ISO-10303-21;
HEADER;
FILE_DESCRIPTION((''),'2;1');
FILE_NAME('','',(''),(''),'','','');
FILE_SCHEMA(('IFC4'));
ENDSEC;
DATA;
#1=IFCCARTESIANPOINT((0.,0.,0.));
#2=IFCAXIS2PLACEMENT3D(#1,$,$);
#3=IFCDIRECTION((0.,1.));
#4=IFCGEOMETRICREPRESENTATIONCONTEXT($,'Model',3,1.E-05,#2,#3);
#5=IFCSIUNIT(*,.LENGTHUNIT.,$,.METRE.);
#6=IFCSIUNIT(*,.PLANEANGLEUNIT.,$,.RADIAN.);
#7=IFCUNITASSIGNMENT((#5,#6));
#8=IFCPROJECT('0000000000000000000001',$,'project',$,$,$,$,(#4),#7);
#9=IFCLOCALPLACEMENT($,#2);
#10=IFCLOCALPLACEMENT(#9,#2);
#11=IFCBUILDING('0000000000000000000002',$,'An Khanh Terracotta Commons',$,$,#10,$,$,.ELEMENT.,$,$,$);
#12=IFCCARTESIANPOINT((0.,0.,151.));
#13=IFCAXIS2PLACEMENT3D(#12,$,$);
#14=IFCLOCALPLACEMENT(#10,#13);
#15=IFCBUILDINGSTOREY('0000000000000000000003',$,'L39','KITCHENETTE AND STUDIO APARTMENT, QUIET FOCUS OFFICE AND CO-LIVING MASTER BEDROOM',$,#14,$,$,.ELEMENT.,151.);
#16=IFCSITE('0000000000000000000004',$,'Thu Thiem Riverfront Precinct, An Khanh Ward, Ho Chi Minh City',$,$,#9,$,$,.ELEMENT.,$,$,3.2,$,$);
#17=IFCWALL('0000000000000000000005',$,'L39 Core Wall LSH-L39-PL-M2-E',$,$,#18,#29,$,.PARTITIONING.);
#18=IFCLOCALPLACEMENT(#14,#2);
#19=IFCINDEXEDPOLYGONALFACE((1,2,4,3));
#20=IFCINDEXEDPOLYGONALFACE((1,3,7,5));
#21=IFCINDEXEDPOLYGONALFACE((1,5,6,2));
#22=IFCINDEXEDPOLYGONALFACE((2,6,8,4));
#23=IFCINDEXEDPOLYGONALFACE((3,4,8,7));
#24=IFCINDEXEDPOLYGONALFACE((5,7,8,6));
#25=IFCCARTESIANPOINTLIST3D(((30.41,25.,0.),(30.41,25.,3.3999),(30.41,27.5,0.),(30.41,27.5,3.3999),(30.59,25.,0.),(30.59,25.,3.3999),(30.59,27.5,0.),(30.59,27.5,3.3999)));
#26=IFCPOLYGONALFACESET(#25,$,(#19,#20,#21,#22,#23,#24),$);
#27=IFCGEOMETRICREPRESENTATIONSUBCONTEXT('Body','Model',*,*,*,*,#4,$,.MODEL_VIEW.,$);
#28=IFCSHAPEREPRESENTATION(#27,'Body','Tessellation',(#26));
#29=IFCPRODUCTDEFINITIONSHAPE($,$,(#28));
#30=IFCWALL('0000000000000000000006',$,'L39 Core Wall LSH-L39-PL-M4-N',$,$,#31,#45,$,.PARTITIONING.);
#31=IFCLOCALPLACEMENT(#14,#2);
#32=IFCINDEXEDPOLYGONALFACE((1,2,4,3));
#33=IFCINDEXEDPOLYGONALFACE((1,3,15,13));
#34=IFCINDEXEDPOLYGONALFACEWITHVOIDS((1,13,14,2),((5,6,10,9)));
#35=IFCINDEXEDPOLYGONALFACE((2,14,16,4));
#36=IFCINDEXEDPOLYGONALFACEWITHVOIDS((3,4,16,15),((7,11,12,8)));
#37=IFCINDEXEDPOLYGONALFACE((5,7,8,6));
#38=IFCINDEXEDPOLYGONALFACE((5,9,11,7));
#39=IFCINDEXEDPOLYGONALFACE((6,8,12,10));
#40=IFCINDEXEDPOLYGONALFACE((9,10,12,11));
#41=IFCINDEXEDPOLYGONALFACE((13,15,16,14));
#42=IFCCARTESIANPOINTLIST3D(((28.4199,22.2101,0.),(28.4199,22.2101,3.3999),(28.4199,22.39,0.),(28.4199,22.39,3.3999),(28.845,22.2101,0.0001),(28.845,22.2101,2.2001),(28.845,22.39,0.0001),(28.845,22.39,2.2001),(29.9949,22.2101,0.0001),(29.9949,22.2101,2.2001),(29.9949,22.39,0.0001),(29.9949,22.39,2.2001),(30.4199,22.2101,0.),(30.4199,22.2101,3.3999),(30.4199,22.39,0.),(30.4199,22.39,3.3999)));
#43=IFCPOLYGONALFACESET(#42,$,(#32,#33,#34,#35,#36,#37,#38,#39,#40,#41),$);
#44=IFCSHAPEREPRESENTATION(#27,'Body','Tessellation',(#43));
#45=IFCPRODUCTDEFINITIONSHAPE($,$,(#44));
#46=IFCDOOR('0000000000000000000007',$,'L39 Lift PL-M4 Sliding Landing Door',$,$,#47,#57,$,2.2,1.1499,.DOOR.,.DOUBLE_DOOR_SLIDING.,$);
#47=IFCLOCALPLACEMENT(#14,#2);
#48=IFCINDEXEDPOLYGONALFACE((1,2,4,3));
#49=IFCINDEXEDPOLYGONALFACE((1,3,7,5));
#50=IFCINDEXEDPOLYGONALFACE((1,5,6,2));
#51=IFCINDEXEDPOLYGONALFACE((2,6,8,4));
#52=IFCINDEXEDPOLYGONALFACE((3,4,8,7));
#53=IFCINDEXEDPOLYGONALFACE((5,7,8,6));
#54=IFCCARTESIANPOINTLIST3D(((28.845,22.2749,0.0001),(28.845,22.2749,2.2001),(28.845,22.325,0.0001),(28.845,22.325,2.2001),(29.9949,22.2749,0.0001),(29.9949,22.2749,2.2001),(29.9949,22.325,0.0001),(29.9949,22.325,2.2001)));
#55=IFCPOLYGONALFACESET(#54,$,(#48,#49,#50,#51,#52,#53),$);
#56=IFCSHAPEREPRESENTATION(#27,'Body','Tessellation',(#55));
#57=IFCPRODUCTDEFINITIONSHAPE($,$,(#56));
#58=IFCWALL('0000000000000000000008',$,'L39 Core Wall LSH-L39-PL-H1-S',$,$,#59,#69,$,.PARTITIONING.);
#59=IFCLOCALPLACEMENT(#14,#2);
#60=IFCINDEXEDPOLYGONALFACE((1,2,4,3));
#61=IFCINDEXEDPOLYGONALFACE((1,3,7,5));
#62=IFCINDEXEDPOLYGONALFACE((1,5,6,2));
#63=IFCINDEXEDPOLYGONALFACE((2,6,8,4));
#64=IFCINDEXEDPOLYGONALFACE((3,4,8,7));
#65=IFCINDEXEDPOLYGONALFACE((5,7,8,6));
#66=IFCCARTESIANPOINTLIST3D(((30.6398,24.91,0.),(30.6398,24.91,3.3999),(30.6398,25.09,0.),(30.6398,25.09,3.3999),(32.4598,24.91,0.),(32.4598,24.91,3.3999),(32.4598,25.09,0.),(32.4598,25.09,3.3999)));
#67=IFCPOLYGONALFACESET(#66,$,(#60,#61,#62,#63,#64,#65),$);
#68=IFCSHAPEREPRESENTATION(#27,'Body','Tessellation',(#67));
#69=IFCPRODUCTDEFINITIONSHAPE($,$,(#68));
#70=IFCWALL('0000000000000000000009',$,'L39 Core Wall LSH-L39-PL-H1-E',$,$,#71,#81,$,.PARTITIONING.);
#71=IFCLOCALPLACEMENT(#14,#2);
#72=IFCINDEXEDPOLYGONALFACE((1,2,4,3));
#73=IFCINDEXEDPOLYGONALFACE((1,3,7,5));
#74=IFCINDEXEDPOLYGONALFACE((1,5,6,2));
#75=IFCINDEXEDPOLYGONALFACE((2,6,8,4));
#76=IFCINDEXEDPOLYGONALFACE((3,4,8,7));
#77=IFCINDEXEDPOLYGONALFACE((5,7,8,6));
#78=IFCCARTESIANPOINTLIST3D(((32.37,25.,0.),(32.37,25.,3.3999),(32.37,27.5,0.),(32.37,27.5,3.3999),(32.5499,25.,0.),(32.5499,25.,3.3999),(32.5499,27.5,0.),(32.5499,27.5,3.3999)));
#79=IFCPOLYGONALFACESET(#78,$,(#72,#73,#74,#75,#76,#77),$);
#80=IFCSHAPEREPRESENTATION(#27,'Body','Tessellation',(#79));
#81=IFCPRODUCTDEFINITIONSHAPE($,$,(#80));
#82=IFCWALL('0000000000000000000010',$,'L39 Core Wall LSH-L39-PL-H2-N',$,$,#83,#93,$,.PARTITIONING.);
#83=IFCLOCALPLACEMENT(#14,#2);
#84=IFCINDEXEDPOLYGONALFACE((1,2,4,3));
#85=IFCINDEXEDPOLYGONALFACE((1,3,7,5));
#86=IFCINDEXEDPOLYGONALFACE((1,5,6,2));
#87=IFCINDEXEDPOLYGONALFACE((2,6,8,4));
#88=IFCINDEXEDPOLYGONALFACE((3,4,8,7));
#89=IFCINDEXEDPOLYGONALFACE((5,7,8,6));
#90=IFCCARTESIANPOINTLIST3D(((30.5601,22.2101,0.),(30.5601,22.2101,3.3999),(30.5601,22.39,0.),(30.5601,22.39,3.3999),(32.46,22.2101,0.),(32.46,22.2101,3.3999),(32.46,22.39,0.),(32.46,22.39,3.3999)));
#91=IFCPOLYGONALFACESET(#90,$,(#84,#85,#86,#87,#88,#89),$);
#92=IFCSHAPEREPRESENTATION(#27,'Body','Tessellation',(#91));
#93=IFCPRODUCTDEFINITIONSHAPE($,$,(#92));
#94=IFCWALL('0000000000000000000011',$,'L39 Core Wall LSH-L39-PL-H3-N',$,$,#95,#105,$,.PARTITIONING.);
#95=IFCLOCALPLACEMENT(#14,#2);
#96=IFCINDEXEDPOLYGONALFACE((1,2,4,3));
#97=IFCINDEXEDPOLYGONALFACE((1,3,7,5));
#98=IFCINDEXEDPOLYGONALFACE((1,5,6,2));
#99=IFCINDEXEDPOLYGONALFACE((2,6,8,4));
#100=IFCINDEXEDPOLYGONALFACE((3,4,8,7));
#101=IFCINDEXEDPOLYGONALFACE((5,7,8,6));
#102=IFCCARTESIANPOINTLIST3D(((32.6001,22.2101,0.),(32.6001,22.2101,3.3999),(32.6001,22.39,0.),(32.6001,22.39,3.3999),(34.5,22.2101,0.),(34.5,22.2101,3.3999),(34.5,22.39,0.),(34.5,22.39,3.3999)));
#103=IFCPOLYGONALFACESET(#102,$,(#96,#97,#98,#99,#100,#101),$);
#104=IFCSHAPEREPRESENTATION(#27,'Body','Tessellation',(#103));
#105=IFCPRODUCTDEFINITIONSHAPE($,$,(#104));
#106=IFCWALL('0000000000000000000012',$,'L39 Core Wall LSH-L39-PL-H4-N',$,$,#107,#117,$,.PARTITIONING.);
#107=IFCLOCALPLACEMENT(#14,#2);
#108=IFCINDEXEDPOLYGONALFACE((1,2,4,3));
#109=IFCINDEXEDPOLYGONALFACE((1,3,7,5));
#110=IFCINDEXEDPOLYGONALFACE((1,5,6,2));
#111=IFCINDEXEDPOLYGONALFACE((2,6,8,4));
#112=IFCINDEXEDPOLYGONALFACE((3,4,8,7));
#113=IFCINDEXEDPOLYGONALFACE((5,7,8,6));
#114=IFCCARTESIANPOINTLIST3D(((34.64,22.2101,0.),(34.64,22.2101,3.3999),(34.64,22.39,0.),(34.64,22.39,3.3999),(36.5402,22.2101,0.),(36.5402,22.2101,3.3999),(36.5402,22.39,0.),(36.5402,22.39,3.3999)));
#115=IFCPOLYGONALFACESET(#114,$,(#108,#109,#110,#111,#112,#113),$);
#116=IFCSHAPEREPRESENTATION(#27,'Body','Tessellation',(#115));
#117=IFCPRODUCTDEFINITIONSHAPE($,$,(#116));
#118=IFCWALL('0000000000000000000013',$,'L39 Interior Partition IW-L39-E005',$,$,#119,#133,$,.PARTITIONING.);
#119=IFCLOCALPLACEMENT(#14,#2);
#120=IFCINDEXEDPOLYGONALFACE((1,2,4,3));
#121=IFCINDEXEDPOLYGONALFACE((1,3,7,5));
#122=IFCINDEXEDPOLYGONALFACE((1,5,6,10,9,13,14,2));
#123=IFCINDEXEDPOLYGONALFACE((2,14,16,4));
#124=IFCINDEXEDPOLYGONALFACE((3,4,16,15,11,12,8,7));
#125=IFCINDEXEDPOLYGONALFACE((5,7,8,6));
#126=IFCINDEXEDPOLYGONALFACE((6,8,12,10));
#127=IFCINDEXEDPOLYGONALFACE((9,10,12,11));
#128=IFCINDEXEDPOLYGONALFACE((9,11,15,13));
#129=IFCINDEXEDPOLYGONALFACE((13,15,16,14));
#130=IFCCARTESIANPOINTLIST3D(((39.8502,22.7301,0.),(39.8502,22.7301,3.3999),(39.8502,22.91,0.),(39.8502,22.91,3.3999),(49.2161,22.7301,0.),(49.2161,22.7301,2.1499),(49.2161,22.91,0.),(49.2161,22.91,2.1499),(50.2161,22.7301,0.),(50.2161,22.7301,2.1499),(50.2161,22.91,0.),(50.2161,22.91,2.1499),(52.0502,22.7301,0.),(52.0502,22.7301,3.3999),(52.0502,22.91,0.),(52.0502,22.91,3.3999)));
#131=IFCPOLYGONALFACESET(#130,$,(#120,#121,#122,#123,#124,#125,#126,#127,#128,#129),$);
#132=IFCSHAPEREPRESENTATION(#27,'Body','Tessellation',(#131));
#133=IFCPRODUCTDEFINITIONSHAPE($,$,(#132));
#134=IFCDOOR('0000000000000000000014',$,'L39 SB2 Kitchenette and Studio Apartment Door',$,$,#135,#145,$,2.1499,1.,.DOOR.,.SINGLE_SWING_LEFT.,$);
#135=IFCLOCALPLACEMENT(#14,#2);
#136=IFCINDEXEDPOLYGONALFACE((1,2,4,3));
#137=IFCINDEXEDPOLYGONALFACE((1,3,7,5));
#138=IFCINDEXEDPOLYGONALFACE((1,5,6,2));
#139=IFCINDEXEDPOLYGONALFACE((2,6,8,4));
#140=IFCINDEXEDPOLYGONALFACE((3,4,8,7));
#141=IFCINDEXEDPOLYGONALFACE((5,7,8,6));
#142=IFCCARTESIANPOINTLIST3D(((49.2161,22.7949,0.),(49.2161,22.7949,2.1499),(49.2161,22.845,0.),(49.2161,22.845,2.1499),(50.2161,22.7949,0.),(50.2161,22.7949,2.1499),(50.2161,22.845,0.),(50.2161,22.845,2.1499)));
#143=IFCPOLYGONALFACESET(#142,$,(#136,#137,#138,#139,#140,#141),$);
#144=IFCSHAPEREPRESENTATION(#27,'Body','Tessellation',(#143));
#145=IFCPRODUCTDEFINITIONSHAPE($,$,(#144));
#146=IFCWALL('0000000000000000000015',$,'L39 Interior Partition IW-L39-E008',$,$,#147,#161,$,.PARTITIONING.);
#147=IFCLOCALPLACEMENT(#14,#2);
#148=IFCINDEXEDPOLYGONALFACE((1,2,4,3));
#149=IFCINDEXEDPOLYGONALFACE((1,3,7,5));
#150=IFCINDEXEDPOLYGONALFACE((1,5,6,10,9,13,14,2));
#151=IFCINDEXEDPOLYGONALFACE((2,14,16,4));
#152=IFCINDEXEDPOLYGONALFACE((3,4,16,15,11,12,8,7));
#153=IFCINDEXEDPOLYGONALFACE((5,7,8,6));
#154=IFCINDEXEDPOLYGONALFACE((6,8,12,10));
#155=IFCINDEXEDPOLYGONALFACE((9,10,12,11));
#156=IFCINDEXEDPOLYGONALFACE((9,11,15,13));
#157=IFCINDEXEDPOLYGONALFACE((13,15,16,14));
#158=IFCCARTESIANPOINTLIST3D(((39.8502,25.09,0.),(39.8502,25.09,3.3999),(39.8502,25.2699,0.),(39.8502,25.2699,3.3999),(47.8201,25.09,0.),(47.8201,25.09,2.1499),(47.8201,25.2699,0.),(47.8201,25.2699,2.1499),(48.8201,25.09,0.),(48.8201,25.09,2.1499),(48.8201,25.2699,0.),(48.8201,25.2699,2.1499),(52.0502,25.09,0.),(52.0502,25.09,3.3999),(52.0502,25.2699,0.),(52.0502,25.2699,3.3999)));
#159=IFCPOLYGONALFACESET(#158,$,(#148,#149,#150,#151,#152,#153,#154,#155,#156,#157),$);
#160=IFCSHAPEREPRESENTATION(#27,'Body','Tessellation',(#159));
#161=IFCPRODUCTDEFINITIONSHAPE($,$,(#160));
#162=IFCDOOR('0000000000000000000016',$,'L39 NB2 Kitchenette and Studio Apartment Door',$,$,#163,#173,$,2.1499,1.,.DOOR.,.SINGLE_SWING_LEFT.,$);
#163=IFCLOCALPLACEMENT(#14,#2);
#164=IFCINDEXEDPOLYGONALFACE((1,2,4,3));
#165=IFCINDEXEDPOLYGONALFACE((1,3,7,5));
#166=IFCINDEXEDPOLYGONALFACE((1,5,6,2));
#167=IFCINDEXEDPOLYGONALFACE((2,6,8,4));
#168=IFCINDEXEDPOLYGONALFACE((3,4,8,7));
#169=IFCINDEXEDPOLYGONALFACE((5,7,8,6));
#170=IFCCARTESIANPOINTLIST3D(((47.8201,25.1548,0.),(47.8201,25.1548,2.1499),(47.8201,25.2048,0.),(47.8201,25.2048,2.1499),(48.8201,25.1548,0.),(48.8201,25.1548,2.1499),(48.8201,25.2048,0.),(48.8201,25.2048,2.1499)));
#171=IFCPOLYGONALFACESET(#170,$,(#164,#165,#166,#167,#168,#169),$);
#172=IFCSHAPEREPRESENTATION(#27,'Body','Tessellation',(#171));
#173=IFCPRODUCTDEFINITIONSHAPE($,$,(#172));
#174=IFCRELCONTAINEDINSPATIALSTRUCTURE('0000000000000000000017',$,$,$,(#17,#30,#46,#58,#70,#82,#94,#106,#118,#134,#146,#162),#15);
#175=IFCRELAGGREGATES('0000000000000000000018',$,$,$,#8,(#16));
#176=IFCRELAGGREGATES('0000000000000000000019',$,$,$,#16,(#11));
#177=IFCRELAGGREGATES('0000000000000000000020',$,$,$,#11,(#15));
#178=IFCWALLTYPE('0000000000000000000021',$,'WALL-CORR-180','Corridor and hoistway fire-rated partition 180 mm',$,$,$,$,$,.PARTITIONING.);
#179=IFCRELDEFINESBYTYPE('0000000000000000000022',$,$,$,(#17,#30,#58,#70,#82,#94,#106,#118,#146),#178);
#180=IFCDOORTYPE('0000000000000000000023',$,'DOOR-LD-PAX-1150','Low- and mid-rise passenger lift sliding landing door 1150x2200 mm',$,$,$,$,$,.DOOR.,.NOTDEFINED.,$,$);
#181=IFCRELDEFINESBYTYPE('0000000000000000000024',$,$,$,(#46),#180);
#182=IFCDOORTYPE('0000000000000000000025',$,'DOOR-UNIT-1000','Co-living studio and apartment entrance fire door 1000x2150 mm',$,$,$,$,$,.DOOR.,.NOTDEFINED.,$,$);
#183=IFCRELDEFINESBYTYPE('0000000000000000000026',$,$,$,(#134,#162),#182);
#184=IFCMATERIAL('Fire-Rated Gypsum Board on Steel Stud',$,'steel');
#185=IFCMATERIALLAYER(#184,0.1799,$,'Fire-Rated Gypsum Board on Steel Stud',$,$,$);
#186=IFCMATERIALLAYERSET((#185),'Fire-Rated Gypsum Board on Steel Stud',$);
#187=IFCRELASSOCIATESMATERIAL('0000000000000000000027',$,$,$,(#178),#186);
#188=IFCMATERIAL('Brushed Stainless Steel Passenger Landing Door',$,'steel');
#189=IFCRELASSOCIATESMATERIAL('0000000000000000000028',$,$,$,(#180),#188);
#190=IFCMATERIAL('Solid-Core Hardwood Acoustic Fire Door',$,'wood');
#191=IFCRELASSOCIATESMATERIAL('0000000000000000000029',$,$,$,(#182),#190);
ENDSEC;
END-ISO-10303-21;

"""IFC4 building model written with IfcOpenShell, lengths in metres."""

from ifc_helpers import new_model, si_unit, direction, frame, frame_2d, origin, place, context, subcontext, project, spatial, rectangle, extrude, material, layer, layer_set, type_object, element, fill, save


model = new_model("IFC4")

# Units and contexts
model_context = context("Model", 3, precision=1e-05, world=origin(), true_north=direction((0.0, 1.0)))
body_context = subcontext(model_context, "Body", "Model", "MODEL_VIEW")
ifc_project = project(units=[si_unit("LENGTHUNIT", "METRE"), si_unit("PLANEANGLEUNIT", "RADIAN")], contexts=[model_context])

# Site, building, storey
site_placement = place(None, origin())
site = spatial("IfcSite", under=ifc_project, at=site_placement, Name="Thu Thiem Riverfront Precinct, An Khanh Ward, Ho Chi Minh City", CompositionType="ELEMENT", RefElevation=3.2)
building_placement = place(site_placement, origin())
building = spatial("IfcBuilding", under=site, at=building_placement, Name="An Khanh Terracotta Commons", CompositionType="ELEMENT")
storey_placement = place(building_placement, frame((0.0, 0.0, 151.0)))
storey = spatial("IfcBuildingStorey", under=building, at=storey_placement, Name="L39", Description="KITCHENETTE AND STUDIO APARTMENT, QUIET FOCUS OFFICE AND CO-LIVING MASTER BEDROOM", CompositionType="ELEMENT", Elevation=151.0)

# Shared definitions
ifc_material_1 = material(Name="Fire-Rated Gypsum Board on Steel Stud", Category="steel")
ifc_layer = layer(ifc_material_1, 0.1799, Name="Fire-Rated Gypsum Board on Steel Stud")
ifc_layer_set = layer_set([ifc_layer], Name="Fire-Rated Gypsum Board on Steel Stud")
wall_type = type_object("IfcWallType", Name="WALL-CORR-180", Description="Corridor and hoistway fire-rated partition 180 mm", PredefinedType="PARTITIONING", material=ifc_layer_set)

# Shared definitions
ifc_material_2 = material(Name="Brushed Stainless Steel Passenger Landing Door", Category="steel")
door_type_1 = type_object("IfcDoorType", Name="DOOR-LD-PAX-1150", Description="Low- and mid-rise passenger lift sliding landing door 1150x2200 mm", OperationType="NOTDEFINED", PredefinedType="DOOR", material=ifc_material_2)

# Wall
wall_1_placement = place(storey_placement, frame((30.5, 25.0, 0.0), z_axis=(0.0, 0.0, 1.0), x_axis=(0.0, 1.0, 0.0)))
element("IfcWall", 1, at=wall_1_placement, inside=storey, type_object=wall_type, Name="L39 Core Wall LSH-L39-PL-M2-E", PredefinedType="PARTITIONING", context=body_context, shape_type="SweptSolid", body=[
    extrude(rectangle(XDim=2.5, YDim=0.1799, at=frame_2d((1.25, 0.0))), origin(), (0.0, 0.0, 1.0), 3.3999),
])

# Wall, opening, door
wall_2_placement = place(storey_placement, frame((28.4199, 22.3, 0.0), z_axis=(0.0, 0.0, 1.0), x_axis=(1.0, 0.0, 0.0)))
wall_2 = element("IfcWall", 2, at=wall_2_placement, inside=storey, type_object=wall_type, Name="L39 Core Wall LSH-L39-PL-M4-N", PredefinedType="PARTITIONING", context=body_context, shape_type="SweptSolid", body=[
    extrude(rectangle(XDim=2.0, YDim=0.1799, at=frame_2d((1.0, 0.0))), origin(), (0.0, 0.0, 1.0), 3.3999),
])
opening_1_placement = place(wall_2_placement, frame((0.425, 0.0, 0.0)))
opening_1 = element("IfcOpeningElement", 3, at=opening_1_placement, cuts=wall_2, PredefinedType="OPENING", context=body_context, shape_type="SweptSolid", body=[
    extrude(rectangle(XDim=1.1499, YDim=2.2, at=frame_2d((0.575, 1.1001))), frame((0.0, 0.0999, 0.0), z_axis=(0.0, -1.0, 0.0), x_axis=(1.0, 0.0, 0.0)), (0.0, 0.0, 1.0), 0.2),
])
door_1_placement = place(opening_1_placement, origin())
door_1 = element("IfcDoor", 4, at=door_1_placement, inside=storey, type_object=door_type_1, Name="L39 Lift PL-M4 Sliding Landing Door", OperationType="DOUBLE_DOOR_SLIDING", OverallHeight=2.2, OverallWidth=1.1499, PredefinedType="DOOR", context=body_context, shape_type="SweptSolid", body=[
    extrude(rectangle(XDim=1.1499, YDim=2.2, at=frame_2d((0.575, 1.1001))), frame((0.0, 0.0249, 0.0), z_axis=(0.0, -1.0, 0.0), x_axis=(1.0, 0.0, 0.0)), (0.0, 0.0, 1.0), 0.05),
])
fill(opening_1, door_1)

# Walls
wall_3_placement = place(storey_placement, frame((32.46, 25.0, 0.0), z_axis=(0.0, 0.0, 1.0), x_axis=(-1.0, 0.0, 0.0)))
element("IfcWall", 5, at=wall_3_placement, inside=storey, type_object=wall_type, Name="L39 Core Wall LSH-L39-PL-H1-S", PredefinedType="PARTITIONING", context=body_context, shape_type="SweptSolid", body=[
    extrude(rectangle(XDim=1.8201, YDim=0.1799, at=frame_2d((0.9102, 0.0))), origin(), (0.0, 0.0, 1.0), 3.3999),
])
wall_4_placement = place(storey_placement, frame((32.46, 25.0, 0.0), z_axis=(0.0, 0.0, 1.0), x_axis=(0.0, 1.0, 0.0)))
element("IfcWall", 6, at=wall_4_placement, inside=storey, type_object=wall_type, Name="L39 Core Wall LSH-L39-PL-H1-E", PredefinedType="PARTITIONING", context=body_context, shape_type="SweptSolid", body=[
    extrude(rectangle(XDim=2.5, YDim=0.1799, at=frame_2d((1.25, 0.0))), origin(), (0.0, 0.0, 1.0), 3.3999),
])
for number, where, z_axis, x_axis, name in (
    (7, (30.5601, 22.3, 0.0), (0.0, 0.0, 1.0), (1.0, 0.0, 0.0), "L39 Core Wall LSH-L39-PL-H2-N"),
    (8, (32.6001, 22.3, 0.0), (0.0, 0.0, 1.0), (1.0, 0.0, 0.0), "L39 Core Wall LSH-L39-PL-H3-N"),
):
    element("IfcWall", number, at=place(storey_placement, frame(where, z_axis=z_axis, x_axis=x_axis)), inside=storey, type_object=wall_type, Name=name, PredefinedType="PARTITIONING", context=body_context, shape_type="SweptSolid", body=[
        extrude(rectangle(XDim=1.8999, YDim=0.1799, at=frame_2d((0.95, 0.0))), origin(), (0.0, 0.0, 1.0), 3.3999),
    ])
wall_5_placement = place(storey_placement, frame((34.6399, 22.3, 0.0), z_axis=(0.0, 0.0, 1.0), x_axis=(1.0, 0.0, 0.0)))
element("IfcWall", 9, at=wall_5_placement, inside=storey, type_object=wall_type, Name="L39 Core Wall LSH-L39-PL-H4-N", PredefinedType="PARTITIONING", context=body_context, shape_type="SweptSolid", body=[
    extrude(rectangle(XDim=1.9001, YDim=0.1799, at=frame_2d((0.9502, 0.0))), origin(), (0.0, 0.0, 1.0), 3.3999),
])

# Walls, openings, doors
wall_6_placement = place(storey_placement, frame((39.8501, 22.8201, 0.0), z_axis=(0.0, 0.0, 1.0), x_axis=(1.0, 0.0, 0.0)))
wall_6 = element("IfcWall", 10, at=wall_6_placement, inside=storey, type_object=wall_type, Name="L39 Interior Partition IW-L39-E005", PredefinedType="PARTITIONING", context=body_context, shape_type="SweptSolid", body=[
    extrude(rectangle(XDim=12.2, YDim=0.1799, at=frame_2d((6.1001, 0.0))), origin(), (0.0, 0.0, 1.0), 3.3999),
])
opening_2_placement = place(wall_6_placement, frame((9.366, 0.0, 0.0)))
opening_2 = element("IfcOpeningElement", 11, at=opening_2_placement, cuts=wall_6, PredefinedType="OPENING", context=body_context, shape_type="SweptSolid", body=[
    extrude(rectangle(XDim=1.0, YDim=2.1499, at=frame_2d((0.5, 1.075))), frame((0.0, 0.0999, 0.0), z_axis=(0.0, -1.0, 0.0), x_axis=(1.0, 0.0, 0.0)), (0.0, 0.0, 1.0), 0.2),
])
ifc_material_3 = material(Name="Solid-Core Hardwood Acoustic Fire Door", Category="wood")
door_type_2 = type_object("IfcDoorType", Name="DOOR-UNIT-1000", Description="Co-living studio and apartment entrance fire door 1000x2150 mm", OperationType="NOTDEFINED", PredefinedType="DOOR", material=ifc_material_3)
door_2_placement = place(opening_2_placement, origin())
door_2 = element("IfcDoor", 12, at=door_2_placement, inside=storey, type_object=door_type_2, Name="L39 SB2 Kitchenette and Studio Apartment Door", OperationType="SINGLE_SWING_LEFT", OverallHeight=2.1499, OverallWidth=1.0, PredefinedType="DOOR", context=body_context, shape_type="SweptSolid", body=[
    extrude(rectangle(XDim=1.0, YDim=2.1499, at=frame_2d((0.5, 1.075))), frame((0.0, 0.0249, 0.0), z_axis=(0.0, -1.0, 0.0), x_axis=(1.0, 0.0, 0.0)), (0.0, 0.0, 1.0), 0.05),
])
fill(opening_2, door_2)
wall_7_placement = place(storey_placement, frame((39.8501, 25.1799, 0.0), z_axis=(0.0, 0.0, 1.0), x_axis=(1.0, 0.0, 0.0)))
wall_7 = element("IfcWall", 13, at=wall_7_placement, inside=storey, type_object=wall_type, Name="L39 Interior Partition IW-L39-E008", PredefinedType="PARTITIONING", context=body_context, shape_type="SweptSolid", body=[
    extrude(rectangle(XDim=12.2, YDim=0.1799, at=frame_2d((6.1001, 0.0))), origin(), (0.0, 0.0, 1.0), 3.3999),
])
opening_3_placement = place(wall_7_placement, frame((7.97, 0.0, 0.0)))
opening_3 = element("IfcOpeningElement", 14, at=opening_3_placement, cuts=wall_7, PredefinedType="OPENING", context=body_context, shape_type="SweptSolid", body=[
    extrude(rectangle(XDim=1.0, YDim=2.1499, at=frame_2d((0.5, 1.075))), frame((0.0, 0.0999, 0.0), z_axis=(0.0, -1.0, 0.0), x_axis=(1.0, 0.0, 0.0)), (0.0, 0.0, 1.0), 0.2),
])
door_3_placement = place(opening_3_placement, origin())
door_3 = element("IfcDoor", 15, at=door_3_placement, inside=storey, type_object=door_type_2, Name="L39 NB2 Kitchenette and Studio Apartment Door", OperationType="SINGLE_SWING_LEFT", OverallHeight=2.1499, OverallWidth=1.0, PredefinedType="DOOR", context=body_context, shape_type="SweptSolid", body=[
    extrude(rectangle(XDim=1.0, YDim=2.1499, at=frame_2d((0.5, 1.075))), frame((0.0, 0.0249, 0.0), z_axis=(0.0, -1.0, 0.0), x_axis=(1.0, 0.0, 0.0)), (0.0, 0.0, 1.0), 0.05),
])
fill(opening_3, door_3)

save(model, "model.ifc")
